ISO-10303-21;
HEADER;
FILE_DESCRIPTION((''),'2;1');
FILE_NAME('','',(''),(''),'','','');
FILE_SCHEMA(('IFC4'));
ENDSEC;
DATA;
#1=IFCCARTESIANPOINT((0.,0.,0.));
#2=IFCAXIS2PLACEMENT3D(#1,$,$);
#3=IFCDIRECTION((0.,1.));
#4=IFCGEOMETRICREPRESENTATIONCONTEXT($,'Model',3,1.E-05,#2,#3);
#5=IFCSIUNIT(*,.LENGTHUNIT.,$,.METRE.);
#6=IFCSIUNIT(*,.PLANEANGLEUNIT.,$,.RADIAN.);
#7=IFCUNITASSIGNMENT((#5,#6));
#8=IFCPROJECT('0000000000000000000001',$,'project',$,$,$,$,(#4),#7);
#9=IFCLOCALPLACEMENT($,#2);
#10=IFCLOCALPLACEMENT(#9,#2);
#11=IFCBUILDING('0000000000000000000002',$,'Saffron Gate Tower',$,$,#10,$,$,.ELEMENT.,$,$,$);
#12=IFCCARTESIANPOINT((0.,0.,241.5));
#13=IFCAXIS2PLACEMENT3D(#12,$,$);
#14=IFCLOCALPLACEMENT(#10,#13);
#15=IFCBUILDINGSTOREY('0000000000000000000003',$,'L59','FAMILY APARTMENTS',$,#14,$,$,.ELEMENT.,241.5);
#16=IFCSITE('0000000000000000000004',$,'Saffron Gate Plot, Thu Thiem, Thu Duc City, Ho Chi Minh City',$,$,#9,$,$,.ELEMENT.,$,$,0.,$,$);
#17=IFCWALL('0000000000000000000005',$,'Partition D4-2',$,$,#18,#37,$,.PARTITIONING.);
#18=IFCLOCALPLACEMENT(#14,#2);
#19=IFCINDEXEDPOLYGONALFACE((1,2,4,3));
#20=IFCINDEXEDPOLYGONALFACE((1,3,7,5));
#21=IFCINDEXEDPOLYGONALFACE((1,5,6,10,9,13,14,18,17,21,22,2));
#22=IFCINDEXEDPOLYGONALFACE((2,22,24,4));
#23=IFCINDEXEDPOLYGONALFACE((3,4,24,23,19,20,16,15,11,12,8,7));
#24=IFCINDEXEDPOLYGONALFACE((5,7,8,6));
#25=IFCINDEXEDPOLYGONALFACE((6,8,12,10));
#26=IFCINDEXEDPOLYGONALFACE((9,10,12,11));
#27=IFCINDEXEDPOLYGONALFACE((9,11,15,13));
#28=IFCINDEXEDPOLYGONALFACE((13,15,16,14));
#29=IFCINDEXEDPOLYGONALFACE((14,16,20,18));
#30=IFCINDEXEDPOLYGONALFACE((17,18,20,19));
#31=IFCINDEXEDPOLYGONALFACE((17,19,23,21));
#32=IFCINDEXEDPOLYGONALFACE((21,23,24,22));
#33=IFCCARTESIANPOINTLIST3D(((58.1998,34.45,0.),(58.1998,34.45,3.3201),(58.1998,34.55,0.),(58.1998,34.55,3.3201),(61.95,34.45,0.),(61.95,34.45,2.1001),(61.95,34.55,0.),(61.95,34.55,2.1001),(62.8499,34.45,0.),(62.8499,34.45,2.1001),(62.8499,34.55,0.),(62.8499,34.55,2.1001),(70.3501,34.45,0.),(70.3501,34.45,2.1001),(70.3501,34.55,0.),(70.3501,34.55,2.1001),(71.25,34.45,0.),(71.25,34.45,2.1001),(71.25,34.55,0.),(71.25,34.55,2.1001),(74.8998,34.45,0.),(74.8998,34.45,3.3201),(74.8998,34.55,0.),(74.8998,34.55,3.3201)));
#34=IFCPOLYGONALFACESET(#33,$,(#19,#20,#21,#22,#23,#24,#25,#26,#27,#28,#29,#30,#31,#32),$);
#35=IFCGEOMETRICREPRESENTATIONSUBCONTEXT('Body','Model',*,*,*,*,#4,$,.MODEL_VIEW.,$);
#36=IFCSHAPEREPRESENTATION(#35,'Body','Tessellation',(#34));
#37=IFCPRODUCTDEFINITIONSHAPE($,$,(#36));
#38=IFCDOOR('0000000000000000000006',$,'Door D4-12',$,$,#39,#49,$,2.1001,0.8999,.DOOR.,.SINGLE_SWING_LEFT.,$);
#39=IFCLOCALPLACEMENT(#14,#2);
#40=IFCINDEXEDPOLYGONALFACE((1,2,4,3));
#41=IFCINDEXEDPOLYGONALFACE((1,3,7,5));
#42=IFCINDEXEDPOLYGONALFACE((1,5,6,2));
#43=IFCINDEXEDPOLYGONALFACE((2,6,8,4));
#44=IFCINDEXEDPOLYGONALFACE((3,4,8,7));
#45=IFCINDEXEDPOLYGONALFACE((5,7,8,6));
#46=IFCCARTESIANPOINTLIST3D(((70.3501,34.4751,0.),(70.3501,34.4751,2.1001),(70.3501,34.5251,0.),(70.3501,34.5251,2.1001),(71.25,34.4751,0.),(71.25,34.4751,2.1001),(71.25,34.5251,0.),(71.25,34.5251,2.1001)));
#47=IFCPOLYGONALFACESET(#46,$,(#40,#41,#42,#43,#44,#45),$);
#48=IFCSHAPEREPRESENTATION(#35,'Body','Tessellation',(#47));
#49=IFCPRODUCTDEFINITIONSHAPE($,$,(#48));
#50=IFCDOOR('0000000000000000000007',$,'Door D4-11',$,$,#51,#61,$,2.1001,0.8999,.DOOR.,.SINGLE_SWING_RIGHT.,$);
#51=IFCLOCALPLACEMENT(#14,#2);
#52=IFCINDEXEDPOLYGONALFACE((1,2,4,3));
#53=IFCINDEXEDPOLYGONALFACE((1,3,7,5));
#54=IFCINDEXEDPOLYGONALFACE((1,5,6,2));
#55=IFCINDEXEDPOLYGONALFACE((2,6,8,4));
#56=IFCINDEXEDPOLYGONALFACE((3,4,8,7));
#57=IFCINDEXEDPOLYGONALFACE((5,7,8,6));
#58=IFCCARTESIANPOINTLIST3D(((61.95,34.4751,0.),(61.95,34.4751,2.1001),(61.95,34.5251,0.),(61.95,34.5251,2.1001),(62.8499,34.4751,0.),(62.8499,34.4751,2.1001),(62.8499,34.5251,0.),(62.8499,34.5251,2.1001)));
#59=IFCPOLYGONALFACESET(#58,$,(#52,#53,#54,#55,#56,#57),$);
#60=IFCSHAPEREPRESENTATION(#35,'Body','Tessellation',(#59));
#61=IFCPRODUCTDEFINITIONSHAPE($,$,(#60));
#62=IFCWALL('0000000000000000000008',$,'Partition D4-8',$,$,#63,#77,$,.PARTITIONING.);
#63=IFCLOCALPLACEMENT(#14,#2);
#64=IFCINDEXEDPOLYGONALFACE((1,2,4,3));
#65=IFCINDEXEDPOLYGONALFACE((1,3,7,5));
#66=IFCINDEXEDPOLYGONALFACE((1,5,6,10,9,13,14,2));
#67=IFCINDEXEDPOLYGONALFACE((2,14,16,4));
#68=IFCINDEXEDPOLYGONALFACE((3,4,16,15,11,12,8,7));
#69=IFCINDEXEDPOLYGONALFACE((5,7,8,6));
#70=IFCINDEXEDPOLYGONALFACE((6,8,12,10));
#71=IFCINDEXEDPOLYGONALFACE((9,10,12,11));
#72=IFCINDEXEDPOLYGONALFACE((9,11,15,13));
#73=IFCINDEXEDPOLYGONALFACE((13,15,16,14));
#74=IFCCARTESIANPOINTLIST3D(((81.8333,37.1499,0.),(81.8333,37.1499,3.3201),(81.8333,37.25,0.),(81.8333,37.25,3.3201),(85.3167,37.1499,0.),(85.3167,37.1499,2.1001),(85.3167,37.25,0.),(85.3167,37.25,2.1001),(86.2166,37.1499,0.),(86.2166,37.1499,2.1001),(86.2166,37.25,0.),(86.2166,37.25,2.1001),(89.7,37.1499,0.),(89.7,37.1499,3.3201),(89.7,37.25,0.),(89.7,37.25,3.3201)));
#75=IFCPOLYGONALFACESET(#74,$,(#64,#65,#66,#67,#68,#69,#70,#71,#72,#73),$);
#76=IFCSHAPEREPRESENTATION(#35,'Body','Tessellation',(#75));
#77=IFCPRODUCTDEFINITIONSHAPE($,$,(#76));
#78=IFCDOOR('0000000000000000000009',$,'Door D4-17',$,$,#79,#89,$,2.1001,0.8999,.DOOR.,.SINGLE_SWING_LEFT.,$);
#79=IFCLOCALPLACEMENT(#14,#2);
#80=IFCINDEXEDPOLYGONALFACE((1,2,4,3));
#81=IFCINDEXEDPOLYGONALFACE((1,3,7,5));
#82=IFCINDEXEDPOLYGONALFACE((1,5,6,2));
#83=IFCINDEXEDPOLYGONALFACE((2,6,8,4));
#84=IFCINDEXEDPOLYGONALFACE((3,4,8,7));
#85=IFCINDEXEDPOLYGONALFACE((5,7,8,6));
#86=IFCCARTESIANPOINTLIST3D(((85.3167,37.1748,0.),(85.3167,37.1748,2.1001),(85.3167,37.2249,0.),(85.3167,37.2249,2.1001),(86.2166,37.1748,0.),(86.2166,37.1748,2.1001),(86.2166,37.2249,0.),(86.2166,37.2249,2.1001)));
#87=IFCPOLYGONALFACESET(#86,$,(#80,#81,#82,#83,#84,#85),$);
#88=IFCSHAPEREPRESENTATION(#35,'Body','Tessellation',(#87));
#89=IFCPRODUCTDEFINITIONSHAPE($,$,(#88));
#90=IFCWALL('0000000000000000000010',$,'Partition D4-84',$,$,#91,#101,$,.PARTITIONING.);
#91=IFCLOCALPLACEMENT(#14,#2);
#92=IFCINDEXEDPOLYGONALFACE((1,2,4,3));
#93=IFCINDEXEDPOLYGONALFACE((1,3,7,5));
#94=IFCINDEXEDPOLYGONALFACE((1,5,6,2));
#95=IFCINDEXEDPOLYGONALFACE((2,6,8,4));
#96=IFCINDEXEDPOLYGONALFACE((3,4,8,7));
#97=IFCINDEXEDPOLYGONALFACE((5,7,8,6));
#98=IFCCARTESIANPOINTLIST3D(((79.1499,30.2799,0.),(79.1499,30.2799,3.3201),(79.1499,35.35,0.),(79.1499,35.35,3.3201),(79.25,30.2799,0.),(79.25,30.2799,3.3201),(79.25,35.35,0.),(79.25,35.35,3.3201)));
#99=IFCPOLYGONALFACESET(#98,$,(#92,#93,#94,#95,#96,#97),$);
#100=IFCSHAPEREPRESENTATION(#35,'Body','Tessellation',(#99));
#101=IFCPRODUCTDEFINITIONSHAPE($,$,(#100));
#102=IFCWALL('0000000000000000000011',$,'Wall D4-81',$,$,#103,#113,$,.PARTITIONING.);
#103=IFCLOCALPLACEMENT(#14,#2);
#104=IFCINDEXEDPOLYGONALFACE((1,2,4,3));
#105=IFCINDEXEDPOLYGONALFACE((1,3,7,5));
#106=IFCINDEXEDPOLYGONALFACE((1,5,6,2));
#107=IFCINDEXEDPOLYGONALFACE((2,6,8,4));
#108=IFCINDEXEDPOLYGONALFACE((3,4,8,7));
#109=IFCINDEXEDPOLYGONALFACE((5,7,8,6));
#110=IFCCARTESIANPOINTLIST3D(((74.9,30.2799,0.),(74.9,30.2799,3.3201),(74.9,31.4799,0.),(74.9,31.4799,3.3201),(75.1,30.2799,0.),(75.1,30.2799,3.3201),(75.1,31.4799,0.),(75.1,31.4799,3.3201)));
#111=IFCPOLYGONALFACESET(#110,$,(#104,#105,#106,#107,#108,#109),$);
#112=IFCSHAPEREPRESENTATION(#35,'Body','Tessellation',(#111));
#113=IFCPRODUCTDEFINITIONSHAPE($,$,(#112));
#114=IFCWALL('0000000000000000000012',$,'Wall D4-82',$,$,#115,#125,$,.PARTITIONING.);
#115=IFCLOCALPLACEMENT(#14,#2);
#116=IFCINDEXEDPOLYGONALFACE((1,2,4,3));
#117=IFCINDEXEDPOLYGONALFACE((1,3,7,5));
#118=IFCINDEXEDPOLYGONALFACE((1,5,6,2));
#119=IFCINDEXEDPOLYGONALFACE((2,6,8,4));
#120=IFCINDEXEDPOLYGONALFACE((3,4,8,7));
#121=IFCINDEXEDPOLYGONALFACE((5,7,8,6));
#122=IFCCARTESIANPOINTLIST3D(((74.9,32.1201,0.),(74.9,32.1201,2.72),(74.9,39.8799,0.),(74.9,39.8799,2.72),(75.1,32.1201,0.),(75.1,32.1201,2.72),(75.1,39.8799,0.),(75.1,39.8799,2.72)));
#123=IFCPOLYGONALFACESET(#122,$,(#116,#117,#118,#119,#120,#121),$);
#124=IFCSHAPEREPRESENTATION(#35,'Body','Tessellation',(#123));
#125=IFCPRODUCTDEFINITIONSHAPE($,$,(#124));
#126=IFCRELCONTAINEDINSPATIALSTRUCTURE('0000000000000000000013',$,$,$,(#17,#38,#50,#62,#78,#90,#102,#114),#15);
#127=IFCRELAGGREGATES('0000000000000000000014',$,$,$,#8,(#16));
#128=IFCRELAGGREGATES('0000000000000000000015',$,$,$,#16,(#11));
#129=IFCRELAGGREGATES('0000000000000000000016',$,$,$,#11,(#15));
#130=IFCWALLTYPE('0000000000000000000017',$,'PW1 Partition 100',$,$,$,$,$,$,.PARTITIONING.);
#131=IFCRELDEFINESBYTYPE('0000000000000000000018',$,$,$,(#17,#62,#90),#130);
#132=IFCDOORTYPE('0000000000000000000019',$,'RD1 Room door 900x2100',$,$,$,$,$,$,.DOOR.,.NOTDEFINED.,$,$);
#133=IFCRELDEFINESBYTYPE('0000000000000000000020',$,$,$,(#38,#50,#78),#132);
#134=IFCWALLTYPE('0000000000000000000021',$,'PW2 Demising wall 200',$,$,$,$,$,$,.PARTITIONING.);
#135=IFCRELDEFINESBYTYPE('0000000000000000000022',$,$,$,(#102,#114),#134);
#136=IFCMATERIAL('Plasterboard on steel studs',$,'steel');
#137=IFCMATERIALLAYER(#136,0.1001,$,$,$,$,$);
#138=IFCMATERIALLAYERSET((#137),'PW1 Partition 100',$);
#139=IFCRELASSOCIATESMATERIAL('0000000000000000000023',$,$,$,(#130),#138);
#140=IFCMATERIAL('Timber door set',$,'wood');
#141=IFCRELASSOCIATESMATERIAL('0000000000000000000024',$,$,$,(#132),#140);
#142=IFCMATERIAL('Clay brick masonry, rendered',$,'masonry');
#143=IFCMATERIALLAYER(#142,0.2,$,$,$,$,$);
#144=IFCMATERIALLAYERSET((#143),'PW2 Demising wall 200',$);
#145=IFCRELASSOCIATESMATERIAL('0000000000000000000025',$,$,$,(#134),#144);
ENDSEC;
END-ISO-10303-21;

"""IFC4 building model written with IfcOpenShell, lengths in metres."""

from ifc_helpers import new_model, si_unit, direction, frame, frame_2d, origin, place, context, subcontext, project, spatial, rectangle, extrude, material, layer, layer_set, type_object, element, fill, save


model = new_model("IFC4")

# Units and contexts
model_context = context("Model", 3, precision=1e-05, world=origin(), true_north=direction((0.0, 1.0)))
body_context = subcontext(model_context, "Body", "Model", "MODEL_VIEW")
ifc_project = project(units=[si_unit("LENGTHUNIT", "METRE"), si_unit("PLANEANGLEUNIT", "RADIAN")], contexts=[model_context])

# Site, building, storey
site_placement = place(None, origin())
site = spatial("IfcSite", under=ifc_project, at=site_placement, Name="Saffron Gate Plot, Thu Thiem, Thu Duc City, Ho Chi Minh City", CompositionType="ELEMENT", RefElevation=0.0)
building_placement = place(site_placement, origin())
building = spatial("IfcBuilding", under=site, at=building_placement, Name="Saffron Gate Tower", CompositionType="ELEMENT")
storey_placement = place(building_placement, frame((0.0, 0.0, 241.5)))
storey = spatial("IfcBuildingStorey", under=building, at=storey_placement, Name="L59", Description="FAMILY APARTMENTS", CompositionType="ELEMENT", Elevation=241.5)

# Wall, openings, doors
ifc_material_1 = material(Name="Plasterboard on steel studs", Category="steel")
ifc_layer_1 = layer(ifc_material_1, 0.1001)
ifc_layer_set_1 = layer_set([ifc_layer_1], Name="PW1 Partition 100")
wall_type_1 = type_object("IfcWallType", Name="PW1 Partition 100", PredefinedType="PARTITIONING", material=ifc_layer_set_1)
wall_1_placement = place(storey_placement, frame((74.8999, 34.5, 0.0), z_axis=(0.0, 0.0, 1.0), x_axis=(-1.0, 0.0, 0.0)))
wall_1 = element("IfcWall", 1, at=wall_1_placement, inside=storey, type_object=wall_type_1, Name="Partition D4-2", PredefinedType="PARTITIONING", context=body_context, shape_type="SweptSolid", body=[
    extrude(rectangle(XDim=16.7, YDim=0.1001, at=frame_2d((8.3501, 0.0))), origin(), (0.0, 0.0, 1.0), 3.3201),
])
opening_1_placement = place(wall_1_placement, frame((3.6499, 0.0, 0.0)))
opening_1 = element("IfcOpeningElement", 2, at=opening_1_placement, cuts=wall_1, PredefinedType="OPENING", context=body_context, shape_type="SweptSolid", body=[
    extrude(rectangle(XDim=0.8999, YDim=2.1001, at=frame_2d((0.45, 1.05))), frame((0.0, 0.0601, 0.0), z_axis=(0.0, -1.0, 0.0), x_axis=(1.0, 0.0, 0.0)), (0.0, 0.0, 1.0), 0.1201),
])
opening_2_placement = place(wall_1_placement, frame((12.05, 0.0, 0.0)))
opening_2 = element("IfcOpeningElement", 3, at=opening_2_placement, cuts=wall_1, PredefinedType="OPENING", context=body_context, shape_type="SweptSolid", body=[
    extrude(rectangle(XDim=0.8999, YDim=2.1001, at=frame_2d((0.45, 1.05))), frame((0.0, 0.0601, 0.0), z_axis=(0.0, -1.0, 0.0), x_axis=(1.0, 0.0, 0.0)), (0.0, 0.0, 1.0), 0.1201),
])
ifc_material_2 = material(Name="Timber door set", Category="wood")
door_type = type_object("IfcDoorType", Name="RD1 Room door 900x2100", OperationType="NOTDEFINED", PredefinedType="DOOR", material=ifc_material_2)
door_1_placement = place(opening_1_placement, origin())
door_1 = element("IfcDoor", 4, at=door_1_placement, inside=storey, type_object=door_type, Name="Door D4-12", OperationType="SINGLE_SWING_LEFT", OverallHeight=2.1001, OverallWidth=0.8999, PredefinedType="DOOR", context=body_context, shape_type="SweptSolid", body=[
    extrude(rectangle(XDim=0.8999, YDim=2.1001, at=frame_2d((0.45, 1.05))), frame((0.0, 0.0249, 0.0), z_axis=(0.0, -1.0, 0.0), x_axis=(1.0, 0.0, 0.0)), (0.0, 0.0, 1.0), 0.05),
])
fill(opening_1, door_1)
door_2_placement = place(opening_2_placement, origin())
door_2 = element("IfcDoor", 5, at=door_2_placement, inside=storey, type_object=door_type, Name="Door D4-11", OperationType="SINGLE_SWING_RIGHT", OverallHeight=2.1001, OverallWidth=0.8999, PredefinedType="DOOR", context=body_context, shape_type="SweptSolid", body=[
    extrude(rectangle(XDim=0.8999, YDim=2.1001, at=frame_2d((0.45, 1.05))), frame((0.0, 0.0249, 0.0), z_axis=(0.0, -1.0, 0.0), x_axis=(1.0, 0.0, 0.0)), (0.0, 0.0, 1.0), 0.05),
])
fill(opening_2, door_2)

# Wall, opening, door
wall_2_placement = place(storey_placement, frame((81.8333, 37.2, 0.0), z_axis=(0.0, 0.0, 1.0), x_axis=(1.0, 0.0, 0.0)))
wall_2 = element("IfcWall", 6, at=wall_2_placement, inside=storey, type_object=wall_type_1, Name="Partition D4-8", PredefinedType="PARTITIONING", context=body_context, shape_type="SweptSolid", body=[
    extrude(rectangle(XDim=7.8667, YDim=0.1001, at=frame_2d((3.9333, 0.0))), origin(), (0.0, 0.0, 1.0), 3.3201),
])
opening_3_placement = place(wall_2_placement, frame((3.4834, 0.0, 0.0)))
opening_3 = element("IfcOpeningElement", 7, at=opening_3_placement, cuts=wall_2, PredefinedType="OPENING", context=body_context, shape_type="SweptSolid", body=[
    extrude(rectangle(XDim=0.8999, YDim=2.1001, at=frame_2d((0.45, 1.05))), frame((0.0, 0.0601, 0.0), z_axis=(0.0, -1.0, 0.0), x_axis=(1.0, 0.0, 0.0)), (0.0, 0.0, 1.0), 0.1201),
])
door_3_placement = place(opening_3_placement, origin())
door_3 = element("IfcDoor", 8, at=door_3_placement, inside=storey, type_object=door_type, Name="Door D4-17", OperationType="SINGLE_SWING_LEFT", OverallHeight=2.1001, OverallWidth=0.8999, PredefinedType="DOOR", context=body_context, shape_type="SweptSolid", body=[
    extrude(rectangle(XDim=0.8999, YDim=2.1001, at=frame_2d((0.45, 1.05))), frame((0.0, 0.0249, 0.0), z_axis=(0.0, -1.0, 0.0), x_axis=(1.0, 0.0, 0.0)), (0.0, 0.0, 1.0), 0.05),
])
fill(opening_3, door_3)

# Walls
wall_3_placement = place(storey_placement, frame((79.2, 35.3501, 0.0), z_axis=(0.0, 0.0, 1.0), x_axis=(0.0, -1.0, 0.0)))
element("IfcWall", 9, at=wall_3_placement, inside=storey, type_object=wall_type_1, Name="Partition D4-84", PredefinedType="PARTITIONING", context=body_context, shape_type="SweptSolid", body=[
    extrude(rectangle(XDim=5.0701, YDim=0.1001, at=frame_2d((2.5352, 0.0))), origin(), (0.0, 0.0, 1.0), 3.3201),
])
ifc_material_3 = material(Name="Clay brick masonry, rendered", Category="masonry")
ifc_layer_2 = layer(ifc_material_3, 0.2)
ifc_layer_set_2 = layer_set([ifc_layer_2], Name="PW2 Demising wall 200")
wall_type_2 = type_object("IfcWallType", Name="PW2 Demising wall 200", PredefinedType="PARTITIONING", material=ifc_layer_set_2)
wall_4_placement = place(storey_placement, frame((75.0, 31.48, 0.0), z_axis=(0.0, 0.0, 1.0), x_axis=(0.0, -1.0, 0.0)))
element("IfcWall", 10, at=wall_4_placement, inside=storey, type_object=wall_type_2, Name="Wall D4-81", PredefinedType="PARTITIONING", context=body_context, shape_type="SweptSolid", body=[
    extrude(rectangle(XDim=1.2, YDim=0.2, at=frame_2d((0.6001, 0.0))), origin(), (0.0, 0.0, 1.0), 3.3201),
])
wall_5_placement = place(storey_placement, frame((75.0, 39.8799, 0.0), z_axis=(0.0, 0.0, 1.0), x_axis=(0.0, -1.0, 0.0)))
element("IfcWall", 11, at=wall_5_placement, inside=storey, type_object=wall_type_2, Name="Wall D4-82", PredefinedType="PARTITIONING", context=body_context, shape_type="SweptSolid", body=[
    extrude(rectangle(XDim=7.7598, YDim=0.2, at=frame_2d((3.8799, 0.0))), origin(), (0.0, 0.0, 1.0), 2.72),
])

save(model, "model.ifc")
